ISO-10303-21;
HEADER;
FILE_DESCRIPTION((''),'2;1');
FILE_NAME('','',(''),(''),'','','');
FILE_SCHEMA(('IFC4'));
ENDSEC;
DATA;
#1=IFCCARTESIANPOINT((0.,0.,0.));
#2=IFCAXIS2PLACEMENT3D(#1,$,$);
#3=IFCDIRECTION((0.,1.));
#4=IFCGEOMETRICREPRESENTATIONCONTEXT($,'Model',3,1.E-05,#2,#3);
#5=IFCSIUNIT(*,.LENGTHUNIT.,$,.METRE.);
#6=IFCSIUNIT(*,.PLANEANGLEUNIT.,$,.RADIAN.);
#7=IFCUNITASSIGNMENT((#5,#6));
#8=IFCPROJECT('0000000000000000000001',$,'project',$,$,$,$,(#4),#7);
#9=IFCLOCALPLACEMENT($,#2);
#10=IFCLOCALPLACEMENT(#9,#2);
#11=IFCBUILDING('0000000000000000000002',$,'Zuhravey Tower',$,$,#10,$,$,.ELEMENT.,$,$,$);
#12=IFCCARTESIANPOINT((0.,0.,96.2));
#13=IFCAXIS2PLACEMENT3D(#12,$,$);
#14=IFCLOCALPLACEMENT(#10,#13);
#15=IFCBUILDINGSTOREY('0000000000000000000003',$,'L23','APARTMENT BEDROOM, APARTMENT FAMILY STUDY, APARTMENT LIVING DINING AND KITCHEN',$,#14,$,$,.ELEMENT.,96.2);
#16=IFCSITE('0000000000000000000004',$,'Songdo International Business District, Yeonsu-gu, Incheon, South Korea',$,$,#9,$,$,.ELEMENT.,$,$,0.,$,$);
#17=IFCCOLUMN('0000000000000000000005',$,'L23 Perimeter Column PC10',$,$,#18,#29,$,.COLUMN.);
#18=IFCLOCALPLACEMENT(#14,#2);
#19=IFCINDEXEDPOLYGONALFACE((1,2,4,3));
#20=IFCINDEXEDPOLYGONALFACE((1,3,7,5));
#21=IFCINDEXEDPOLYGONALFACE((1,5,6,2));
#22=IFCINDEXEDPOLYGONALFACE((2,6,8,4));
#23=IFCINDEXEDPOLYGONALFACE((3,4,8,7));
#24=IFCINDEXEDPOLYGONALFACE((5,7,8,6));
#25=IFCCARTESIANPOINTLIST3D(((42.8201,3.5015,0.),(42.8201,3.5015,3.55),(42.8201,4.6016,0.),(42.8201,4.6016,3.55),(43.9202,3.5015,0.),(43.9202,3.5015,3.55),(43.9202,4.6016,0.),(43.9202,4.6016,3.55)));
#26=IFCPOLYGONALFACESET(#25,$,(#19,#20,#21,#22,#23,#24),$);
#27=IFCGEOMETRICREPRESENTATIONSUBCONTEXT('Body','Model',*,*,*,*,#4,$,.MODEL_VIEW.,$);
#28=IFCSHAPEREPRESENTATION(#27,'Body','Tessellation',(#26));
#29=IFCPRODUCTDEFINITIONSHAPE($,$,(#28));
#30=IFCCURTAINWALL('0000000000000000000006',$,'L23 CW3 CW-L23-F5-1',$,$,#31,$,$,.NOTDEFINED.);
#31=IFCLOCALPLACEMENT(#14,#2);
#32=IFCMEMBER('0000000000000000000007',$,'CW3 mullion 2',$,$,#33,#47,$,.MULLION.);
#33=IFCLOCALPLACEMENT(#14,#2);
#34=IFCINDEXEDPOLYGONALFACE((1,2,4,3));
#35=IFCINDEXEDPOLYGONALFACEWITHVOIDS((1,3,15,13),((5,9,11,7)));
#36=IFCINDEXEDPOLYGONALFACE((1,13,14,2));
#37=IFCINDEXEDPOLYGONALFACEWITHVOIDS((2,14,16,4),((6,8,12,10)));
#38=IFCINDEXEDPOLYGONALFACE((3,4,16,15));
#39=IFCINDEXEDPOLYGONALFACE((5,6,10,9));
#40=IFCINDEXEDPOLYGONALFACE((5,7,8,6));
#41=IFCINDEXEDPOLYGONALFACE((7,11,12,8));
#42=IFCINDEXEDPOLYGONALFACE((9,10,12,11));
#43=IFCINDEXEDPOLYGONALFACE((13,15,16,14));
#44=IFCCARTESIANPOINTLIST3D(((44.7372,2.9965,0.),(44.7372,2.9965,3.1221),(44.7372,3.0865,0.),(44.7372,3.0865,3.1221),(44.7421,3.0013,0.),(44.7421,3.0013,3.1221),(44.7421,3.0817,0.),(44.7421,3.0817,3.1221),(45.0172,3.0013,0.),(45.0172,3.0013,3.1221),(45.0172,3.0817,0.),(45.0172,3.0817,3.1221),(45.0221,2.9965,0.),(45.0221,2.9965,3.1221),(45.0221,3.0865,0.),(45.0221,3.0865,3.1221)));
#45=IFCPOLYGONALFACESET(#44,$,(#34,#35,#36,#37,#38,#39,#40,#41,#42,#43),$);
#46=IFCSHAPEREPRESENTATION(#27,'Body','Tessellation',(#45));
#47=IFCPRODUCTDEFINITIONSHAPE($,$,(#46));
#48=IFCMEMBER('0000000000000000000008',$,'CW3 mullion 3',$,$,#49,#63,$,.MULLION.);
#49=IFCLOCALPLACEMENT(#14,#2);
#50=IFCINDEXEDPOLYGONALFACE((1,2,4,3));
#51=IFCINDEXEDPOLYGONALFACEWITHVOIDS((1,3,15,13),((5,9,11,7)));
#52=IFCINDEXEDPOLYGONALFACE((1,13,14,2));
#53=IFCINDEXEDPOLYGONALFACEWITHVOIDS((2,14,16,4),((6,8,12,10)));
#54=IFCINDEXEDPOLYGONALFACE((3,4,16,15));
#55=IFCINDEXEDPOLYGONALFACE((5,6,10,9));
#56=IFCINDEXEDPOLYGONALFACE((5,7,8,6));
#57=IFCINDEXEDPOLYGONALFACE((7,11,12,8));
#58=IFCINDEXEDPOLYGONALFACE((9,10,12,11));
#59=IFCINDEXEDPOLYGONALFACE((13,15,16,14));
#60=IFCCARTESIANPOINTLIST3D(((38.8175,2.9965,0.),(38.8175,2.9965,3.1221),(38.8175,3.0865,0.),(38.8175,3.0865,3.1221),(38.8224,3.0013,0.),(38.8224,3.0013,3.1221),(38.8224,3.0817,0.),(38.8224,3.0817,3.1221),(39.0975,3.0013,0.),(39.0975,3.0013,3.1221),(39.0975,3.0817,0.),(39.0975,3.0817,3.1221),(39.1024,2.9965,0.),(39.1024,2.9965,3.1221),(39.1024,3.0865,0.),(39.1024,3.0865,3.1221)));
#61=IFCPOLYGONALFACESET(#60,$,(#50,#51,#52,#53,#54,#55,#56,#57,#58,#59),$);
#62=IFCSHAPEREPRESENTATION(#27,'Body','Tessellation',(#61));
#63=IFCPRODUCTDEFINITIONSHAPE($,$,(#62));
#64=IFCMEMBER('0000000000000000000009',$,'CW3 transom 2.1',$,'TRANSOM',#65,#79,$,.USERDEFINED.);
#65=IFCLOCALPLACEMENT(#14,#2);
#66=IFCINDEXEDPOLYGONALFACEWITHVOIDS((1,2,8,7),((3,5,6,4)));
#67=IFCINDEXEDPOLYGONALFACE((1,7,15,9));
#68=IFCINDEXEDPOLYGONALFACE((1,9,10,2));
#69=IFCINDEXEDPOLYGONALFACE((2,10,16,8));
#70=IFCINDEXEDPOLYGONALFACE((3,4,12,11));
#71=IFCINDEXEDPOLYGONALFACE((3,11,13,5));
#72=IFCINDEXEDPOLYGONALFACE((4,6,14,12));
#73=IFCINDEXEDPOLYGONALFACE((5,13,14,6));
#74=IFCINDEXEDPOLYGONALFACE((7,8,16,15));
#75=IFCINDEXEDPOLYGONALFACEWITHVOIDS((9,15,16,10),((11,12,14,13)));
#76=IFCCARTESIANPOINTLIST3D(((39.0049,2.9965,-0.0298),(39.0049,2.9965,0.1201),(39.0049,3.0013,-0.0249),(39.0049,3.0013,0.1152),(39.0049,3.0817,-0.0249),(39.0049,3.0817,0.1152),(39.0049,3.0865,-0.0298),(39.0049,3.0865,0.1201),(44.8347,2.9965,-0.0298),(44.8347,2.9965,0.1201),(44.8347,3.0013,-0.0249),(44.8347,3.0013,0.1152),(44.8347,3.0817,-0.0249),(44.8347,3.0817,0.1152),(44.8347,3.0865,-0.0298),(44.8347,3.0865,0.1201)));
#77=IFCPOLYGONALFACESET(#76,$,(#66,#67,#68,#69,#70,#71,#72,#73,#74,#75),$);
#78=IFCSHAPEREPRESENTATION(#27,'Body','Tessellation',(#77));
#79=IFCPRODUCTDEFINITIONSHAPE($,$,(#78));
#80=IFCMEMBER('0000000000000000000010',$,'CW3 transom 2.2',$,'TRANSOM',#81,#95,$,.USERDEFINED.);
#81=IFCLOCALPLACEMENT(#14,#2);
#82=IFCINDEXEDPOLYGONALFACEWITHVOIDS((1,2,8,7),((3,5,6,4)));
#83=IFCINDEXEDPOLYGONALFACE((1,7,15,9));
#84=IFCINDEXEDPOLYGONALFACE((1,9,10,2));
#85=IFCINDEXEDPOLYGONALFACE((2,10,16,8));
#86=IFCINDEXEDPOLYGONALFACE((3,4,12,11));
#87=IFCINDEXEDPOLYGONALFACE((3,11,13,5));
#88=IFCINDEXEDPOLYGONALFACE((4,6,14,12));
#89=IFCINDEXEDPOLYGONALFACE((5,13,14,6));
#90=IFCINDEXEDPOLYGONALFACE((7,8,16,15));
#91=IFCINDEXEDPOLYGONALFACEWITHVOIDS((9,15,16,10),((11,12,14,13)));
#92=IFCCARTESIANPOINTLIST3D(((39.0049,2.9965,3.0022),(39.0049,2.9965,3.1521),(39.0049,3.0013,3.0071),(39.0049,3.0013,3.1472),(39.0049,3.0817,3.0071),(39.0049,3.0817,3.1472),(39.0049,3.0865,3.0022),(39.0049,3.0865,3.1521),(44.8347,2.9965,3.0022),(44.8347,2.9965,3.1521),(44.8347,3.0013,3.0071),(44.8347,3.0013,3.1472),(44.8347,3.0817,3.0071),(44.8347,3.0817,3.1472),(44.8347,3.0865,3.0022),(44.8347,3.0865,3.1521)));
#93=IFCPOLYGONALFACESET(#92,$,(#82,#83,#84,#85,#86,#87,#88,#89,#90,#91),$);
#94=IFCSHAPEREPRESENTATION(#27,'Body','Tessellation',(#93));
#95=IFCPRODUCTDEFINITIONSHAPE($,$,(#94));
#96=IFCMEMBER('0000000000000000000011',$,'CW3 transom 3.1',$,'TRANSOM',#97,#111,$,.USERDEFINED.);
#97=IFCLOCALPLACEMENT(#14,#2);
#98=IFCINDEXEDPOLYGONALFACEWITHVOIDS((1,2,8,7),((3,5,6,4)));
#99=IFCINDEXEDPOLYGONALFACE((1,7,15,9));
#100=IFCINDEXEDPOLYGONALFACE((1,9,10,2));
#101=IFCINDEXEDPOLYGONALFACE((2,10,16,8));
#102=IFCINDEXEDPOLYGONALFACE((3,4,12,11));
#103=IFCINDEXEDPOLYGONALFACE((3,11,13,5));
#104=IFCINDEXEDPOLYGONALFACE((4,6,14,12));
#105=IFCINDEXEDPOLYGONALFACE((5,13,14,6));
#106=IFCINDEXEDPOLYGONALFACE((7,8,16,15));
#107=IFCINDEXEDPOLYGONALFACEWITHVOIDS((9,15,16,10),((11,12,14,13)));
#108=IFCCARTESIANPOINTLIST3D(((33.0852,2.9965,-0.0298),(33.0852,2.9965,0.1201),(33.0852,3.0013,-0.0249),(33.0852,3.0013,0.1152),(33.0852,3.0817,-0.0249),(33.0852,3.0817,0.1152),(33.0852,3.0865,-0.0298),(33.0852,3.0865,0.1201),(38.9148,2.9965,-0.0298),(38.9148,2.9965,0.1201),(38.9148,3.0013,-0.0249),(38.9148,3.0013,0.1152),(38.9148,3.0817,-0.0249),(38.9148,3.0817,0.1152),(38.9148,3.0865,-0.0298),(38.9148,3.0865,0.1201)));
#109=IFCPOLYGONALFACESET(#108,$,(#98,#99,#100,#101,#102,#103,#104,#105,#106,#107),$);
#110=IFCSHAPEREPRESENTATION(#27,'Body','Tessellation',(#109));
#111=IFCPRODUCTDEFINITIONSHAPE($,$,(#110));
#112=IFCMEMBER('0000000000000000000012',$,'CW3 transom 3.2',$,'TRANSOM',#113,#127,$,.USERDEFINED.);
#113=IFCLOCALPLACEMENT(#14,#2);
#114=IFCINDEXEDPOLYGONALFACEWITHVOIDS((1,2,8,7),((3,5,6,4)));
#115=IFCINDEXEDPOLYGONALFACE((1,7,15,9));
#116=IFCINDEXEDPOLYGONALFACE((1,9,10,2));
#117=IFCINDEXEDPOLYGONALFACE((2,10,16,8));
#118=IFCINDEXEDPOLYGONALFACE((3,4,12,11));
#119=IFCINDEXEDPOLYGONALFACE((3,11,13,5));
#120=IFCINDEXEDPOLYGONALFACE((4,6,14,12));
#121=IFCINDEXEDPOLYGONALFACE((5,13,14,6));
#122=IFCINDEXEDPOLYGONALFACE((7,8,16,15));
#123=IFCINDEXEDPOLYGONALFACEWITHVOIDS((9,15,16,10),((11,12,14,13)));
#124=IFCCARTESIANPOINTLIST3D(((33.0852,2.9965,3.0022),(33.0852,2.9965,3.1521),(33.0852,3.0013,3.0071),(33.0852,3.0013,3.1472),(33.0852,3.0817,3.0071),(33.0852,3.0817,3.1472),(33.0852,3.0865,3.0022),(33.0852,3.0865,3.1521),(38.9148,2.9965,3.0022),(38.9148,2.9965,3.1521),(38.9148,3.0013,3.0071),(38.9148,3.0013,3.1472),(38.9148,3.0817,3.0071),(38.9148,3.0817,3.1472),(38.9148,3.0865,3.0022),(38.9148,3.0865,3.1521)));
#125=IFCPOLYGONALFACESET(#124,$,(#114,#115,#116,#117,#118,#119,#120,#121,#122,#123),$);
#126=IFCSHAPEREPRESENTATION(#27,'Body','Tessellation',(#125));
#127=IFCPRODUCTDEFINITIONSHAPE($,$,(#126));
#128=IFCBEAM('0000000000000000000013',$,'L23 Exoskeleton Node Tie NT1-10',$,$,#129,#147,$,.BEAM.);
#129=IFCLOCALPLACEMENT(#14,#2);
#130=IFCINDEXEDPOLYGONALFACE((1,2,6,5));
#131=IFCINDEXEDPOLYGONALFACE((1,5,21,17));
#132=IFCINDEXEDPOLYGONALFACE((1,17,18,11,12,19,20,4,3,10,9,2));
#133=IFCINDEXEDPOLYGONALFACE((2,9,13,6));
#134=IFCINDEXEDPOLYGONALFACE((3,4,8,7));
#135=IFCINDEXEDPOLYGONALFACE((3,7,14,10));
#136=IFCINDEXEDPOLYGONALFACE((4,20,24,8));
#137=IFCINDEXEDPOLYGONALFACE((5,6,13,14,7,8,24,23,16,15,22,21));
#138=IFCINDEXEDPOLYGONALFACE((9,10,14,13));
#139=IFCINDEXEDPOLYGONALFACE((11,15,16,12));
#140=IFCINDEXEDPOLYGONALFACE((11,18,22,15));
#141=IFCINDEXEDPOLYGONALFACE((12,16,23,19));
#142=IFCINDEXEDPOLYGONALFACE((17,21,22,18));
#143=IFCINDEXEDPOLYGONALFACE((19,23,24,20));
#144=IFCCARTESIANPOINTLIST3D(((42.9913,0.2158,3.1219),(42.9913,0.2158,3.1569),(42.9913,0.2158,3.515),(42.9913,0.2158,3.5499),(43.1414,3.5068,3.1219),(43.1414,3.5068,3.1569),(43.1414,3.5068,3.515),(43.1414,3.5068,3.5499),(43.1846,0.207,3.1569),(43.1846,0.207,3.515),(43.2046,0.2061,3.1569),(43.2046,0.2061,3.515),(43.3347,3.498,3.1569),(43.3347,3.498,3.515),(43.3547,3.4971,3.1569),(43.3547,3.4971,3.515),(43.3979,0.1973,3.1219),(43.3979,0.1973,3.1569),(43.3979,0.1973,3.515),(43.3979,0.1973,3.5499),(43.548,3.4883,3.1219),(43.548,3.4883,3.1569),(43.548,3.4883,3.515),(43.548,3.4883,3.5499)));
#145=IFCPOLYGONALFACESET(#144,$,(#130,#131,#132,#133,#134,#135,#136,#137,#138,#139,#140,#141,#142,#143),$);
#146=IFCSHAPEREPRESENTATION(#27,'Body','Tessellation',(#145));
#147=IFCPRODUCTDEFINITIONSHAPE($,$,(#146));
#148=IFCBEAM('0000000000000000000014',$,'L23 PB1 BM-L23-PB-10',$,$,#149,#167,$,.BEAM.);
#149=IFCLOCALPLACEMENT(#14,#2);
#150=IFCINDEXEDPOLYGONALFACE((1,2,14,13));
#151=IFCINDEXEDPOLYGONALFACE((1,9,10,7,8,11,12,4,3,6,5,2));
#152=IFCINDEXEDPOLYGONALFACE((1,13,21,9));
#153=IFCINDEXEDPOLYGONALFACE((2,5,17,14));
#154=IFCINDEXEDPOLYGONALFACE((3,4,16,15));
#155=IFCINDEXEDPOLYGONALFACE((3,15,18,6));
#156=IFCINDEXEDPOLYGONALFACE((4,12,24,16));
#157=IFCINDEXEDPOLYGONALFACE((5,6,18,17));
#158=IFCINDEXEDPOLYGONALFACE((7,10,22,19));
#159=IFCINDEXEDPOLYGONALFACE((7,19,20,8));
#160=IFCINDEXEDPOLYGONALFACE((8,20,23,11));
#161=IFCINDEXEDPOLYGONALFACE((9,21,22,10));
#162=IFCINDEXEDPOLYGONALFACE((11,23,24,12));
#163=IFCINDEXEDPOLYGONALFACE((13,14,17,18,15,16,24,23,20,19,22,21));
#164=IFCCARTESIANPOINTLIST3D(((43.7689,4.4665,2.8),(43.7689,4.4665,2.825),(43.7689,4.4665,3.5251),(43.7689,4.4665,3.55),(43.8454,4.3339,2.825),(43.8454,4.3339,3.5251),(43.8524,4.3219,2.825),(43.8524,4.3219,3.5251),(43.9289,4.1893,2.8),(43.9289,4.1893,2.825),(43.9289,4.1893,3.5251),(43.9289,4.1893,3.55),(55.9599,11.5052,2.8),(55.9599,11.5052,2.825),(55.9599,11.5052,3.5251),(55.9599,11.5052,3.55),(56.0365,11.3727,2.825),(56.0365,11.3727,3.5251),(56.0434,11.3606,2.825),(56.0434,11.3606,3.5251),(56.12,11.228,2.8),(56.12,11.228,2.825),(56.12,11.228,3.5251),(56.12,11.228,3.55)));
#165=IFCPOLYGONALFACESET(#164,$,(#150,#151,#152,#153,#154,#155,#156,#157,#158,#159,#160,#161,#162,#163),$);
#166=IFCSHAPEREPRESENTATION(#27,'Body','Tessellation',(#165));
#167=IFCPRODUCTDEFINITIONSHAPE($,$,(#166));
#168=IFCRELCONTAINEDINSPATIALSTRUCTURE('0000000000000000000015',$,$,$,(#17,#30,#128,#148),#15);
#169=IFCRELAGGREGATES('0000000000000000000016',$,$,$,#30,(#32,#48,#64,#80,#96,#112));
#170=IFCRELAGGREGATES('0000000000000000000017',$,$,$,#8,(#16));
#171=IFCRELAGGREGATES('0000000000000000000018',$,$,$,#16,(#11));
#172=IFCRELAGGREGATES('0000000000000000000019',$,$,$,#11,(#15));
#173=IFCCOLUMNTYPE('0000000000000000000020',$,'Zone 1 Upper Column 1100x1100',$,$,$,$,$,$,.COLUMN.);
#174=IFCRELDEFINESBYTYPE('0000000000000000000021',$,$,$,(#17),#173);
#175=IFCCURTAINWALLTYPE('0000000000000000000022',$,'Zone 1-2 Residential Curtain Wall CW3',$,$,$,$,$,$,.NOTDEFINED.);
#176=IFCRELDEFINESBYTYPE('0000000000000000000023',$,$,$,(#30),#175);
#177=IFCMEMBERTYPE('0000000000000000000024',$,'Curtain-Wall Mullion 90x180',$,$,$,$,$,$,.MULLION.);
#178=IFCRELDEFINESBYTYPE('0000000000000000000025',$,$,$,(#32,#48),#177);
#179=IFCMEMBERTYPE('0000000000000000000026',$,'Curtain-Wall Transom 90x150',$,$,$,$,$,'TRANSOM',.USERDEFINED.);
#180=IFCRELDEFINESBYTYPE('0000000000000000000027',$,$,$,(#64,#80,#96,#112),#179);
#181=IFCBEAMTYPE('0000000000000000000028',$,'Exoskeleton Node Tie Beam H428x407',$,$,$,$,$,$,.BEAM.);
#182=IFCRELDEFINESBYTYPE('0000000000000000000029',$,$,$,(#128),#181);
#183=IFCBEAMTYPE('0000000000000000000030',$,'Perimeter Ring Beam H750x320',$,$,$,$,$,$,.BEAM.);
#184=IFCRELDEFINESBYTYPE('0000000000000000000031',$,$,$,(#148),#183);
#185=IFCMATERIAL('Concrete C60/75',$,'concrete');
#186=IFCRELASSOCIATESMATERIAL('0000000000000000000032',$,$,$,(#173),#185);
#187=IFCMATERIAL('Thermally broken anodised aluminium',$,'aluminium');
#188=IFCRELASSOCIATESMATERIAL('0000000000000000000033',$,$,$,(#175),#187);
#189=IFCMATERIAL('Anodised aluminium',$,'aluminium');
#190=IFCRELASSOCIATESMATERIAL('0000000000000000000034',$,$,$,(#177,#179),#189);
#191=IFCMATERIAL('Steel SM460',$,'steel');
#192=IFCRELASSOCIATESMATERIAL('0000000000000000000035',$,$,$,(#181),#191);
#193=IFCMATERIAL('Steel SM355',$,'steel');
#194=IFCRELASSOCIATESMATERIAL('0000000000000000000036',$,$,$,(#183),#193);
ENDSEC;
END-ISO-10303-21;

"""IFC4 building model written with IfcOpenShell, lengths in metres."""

from ifc_helpers import new_model, si_unit, direction, frame, origin, origin_2d, place, context, subcontext, project, spatial, rectangle, hollow_rectangle, i_section, extrude, material, material_profile, profile_set, type_object, element, aggregate, save


model = new_model("IFC4")

# Units and contexts
model_context = context("Model", 3, precision=1e-05, world=origin(), true_north=direction((0.0, 1.0)))
body_context = subcontext(model_context, "Body", "Model", "MODEL_VIEW")
ifc_project = project(units=[si_unit("LENGTHUNIT", "METRE"), si_unit("PLANEANGLEUNIT", "RADIAN")], contexts=[model_context])

# Site, building, storey
site_placement = place(None, origin())
site = spatial("IfcSite", under=ifc_project, at=site_placement, Name="Songdo International Business District, Yeonsu-gu, Incheon, South Korea", CompositionType="ELEMENT", RefElevation=0.0)
building_placement = place(site_placement, origin())
building = spatial("IfcBuilding", under=site, at=building_placement, Name="Zuhravey Tower", CompositionType="ELEMENT")
storey_placement = place(building_placement, frame((0.0, 0.0, 96.2)))
storey = spatial("IfcBuildingStorey", under=building, at=storey_placement, Name="L23", Description="APARTMENT BEDROOM, APARTMENT FAMILY STUDY, APARTMENT LIVING DINING AND KITCHEN", CompositionType="ELEMENT", Elevation=96.2)

# Column
ifc_material_1 = material(Name="Concrete C60/75", Category="concrete")
ifc_material_profile_1 = material_profile(ifc_material_1, rectangle(XDim=1.1001, YDim=1.1001, at=origin_2d()), Name="RC-1100x1100")
ifc_profile_set_1 = profile_set([ifc_material_profile_1], Name="Concrete C60/75")
column_type = type_object("IfcColumnType", Name="Zone 1 Upper Column 1100x1100", PredefinedType="COLUMN", material=ifc_profile_set_1)
column_placement = place(storey_placement, frame((43.3701, 4.0515, 0.0), z_axis=(0.0, 0.0, 1.0), x_axis=(1.0, 0.0, 0.0)))
element("IfcColumn", 1, at=column_placement, inside=storey, type_object=column_type, Name="L23 Perimeter Column PC10", PredefinedType="COLUMN", context=body_context, shape_type="SweptSolid", body=[
    extrude(rectangle(XDim=1.1001, YDim=1.1001, at=origin_2d()), origin(), (0.0, 0.0, 1.0), 3.55),
])

# Curtain wall, members
ifc_material_2 = material(Name="Thermally broken anodised aluminium", Category="aluminium")
curtain_wall_type = type_object("IfcCurtainWallType", Name="Zone 1-2 Residential Curtain Wall CW3", PredefinedType="NOTDEFINED", material=ifc_material_2)
curtain_wall_placement = place(storey_placement, origin())
curtain_wall = element("IfcCurtainWall", 2, at=curtain_wall_placement, inside=storey, type_object=curtain_wall_type, Name="L23 CW3 CW-L23-F5-1", PredefinedType="NOTDEFINED")
ifc_material_3 = material(Name="Anodised aluminium", Category="aluminium")
ifc_material_profile_2 = material_profile(ifc_material_3, hollow_rectangle(XDim=0.0901, YDim=0.2849, WallThickness=0.0049, at=origin_2d()), Name="ALU-RHS-90x285x5")
ifc_profile_set_2 = profile_set([ifc_material_profile_2], Name="Anodised aluminium")
member_type_1 = type_object("IfcMemberType", Name="Curtain-Wall Mullion 90x180", PredefinedType="MULLION", material=ifc_profile_set_2)
member_1_placement = place(storey_placement, frame((44.8796, 3.0415, 0.0), z_axis=(0.0, 0.0, 1.0), x_axis=(0.0, -1.0, 0.0)))
member_1 = element("IfcMember", 3, at=member_1_placement, type_object=member_type_1, Name="CW3 mullion 2", PredefinedType="MULLION", context=body_context, shape_type="SweptSolid", body=[
    extrude(hollow_rectangle(XDim=0.0901, YDim=0.2849, WallThickness=0.0049, at=origin_2d()), origin(), (0.0, 0.0, 1.0), 3.1221),
])
member_2_placement = place(storey_placement, frame((38.96, 3.0415, 0.0), z_axis=(0.0, 0.0, 1.0), x_axis=(0.0, -1.0, 0.0)))
member_2 = element("IfcMember", 4, at=member_2_placement, type_object=member_type_1, Name="CW3 mullion 3", PredefinedType="MULLION", context=body_context, shape_type="SweptSolid", body=[
    extrude(hollow_rectangle(XDim=0.0901, YDim=0.2849, WallThickness=0.0049, at=origin_2d()), origin(), (0.0, 0.0, 1.0), 3.1221),
])
ifc_material_profile_3 = material_profile(ifc_material_3, hollow_rectangle(XDim=0.0901, YDim=0.1499, WallThickness=0.0049, at=origin_2d()), Name="ALU-RHS-90x150x5")
ifc_profile_set_3 = profile_set([ifc_material_profile_3], Name="Anodised aluminium")
member_type_2 = type_object("IfcMemberType", Name="Curtain-Wall Transom 90x150", ElementType="TRANSOM", PredefinedType="USERDEFINED", material=ifc_profile_set_3)
member_3_placement = place(storey_placement, frame((44.8347, 3.0415, 0.0452), z_axis=(-1.0, 0.0, 0.0), x_axis=(0.0, -1.0, 0.0)))
member_3 = element("IfcMember", 5, at=member_3_placement, type_object=member_type_2, Name="CW3 transom 2.1", ObjectType="TRANSOM", PredefinedType="USERDEFINED", context=body_context, shape_type="SweptSolid", body=[
    extrude(hollow_rectangle(XDim=0.0901, YDim=0.1499, WallThickness=0.0049, at=origin_2d()), origin(), (0.0, 0.0, 1.0), 5.8298),
])
member_4_placement = place(storey_placement, frame((44.8347, 3.0415, 3.0771), z_axis=(-1.0, 0.0, 0.0), x_axis=(0.0, -1.0, 0.0)))
member_4 = element("IfcMember", 6, at=member_4_placement, type_object=member_type_2, Name="CW3 transom 2.2", ObjectType="TRANSOM", PredefinedType="USERDEFINED", context=body_context, shape_type="SweptSolid", body=[
    extrude(hollow_rectangle(XDim=0.0901, YDim=0.1499, WallThickness=0.0049, at=origin_2d()), origin(), (0.0, 0.0, 1.0), 5.8298),
])
member_5_placement = place(storey_placement, frame((38.9148, 3.0415, 0.0452), z_axis=(-1.0, 0.0, 0.0), x_axis=(0.0, -1.0, 0.0)))
member_5 = element("IfcMember", 7, at=member_5_placement, type_object=member_type_2, Name="CW3 transom 3.1", ObjectType="TRANSOM", PredefinedType="USERDEFINED", context=body_context, shape_type="SweptSolid", body=[
    extrude(hollow_rectangle(XDim=0.0901, YDim=0.1499, WallThickness=0.0049, at=origin_2d()), origin(), (0.0, 0.0, 1.0), 5.8296),
])
member_6_placement = place(storey_placement, frame((38.9148, 3.0415, 3.0771), z_axis=(-1.0, 0.0, 0.0), x_axis=(0.0, -1.0, 0.0)))
member_6 = element("IfcMember", 8, at=member_6_placement, type_object=member_type_2, Name="CW3 transom 3.2", ObjectType="TRANSOM", PredefinedType="USERDEFINED", context=body_context, shape_type="SweptSolid", body=[
    extrude(hollow_rectangle(XDim=0.0901, YDim=0.1499, WallThickness=0.0049, at=origin_2d()), origin(), (0.0, 0.0, 1.0), 5.8296),
])

# Beams
ifc_material_4 = material(Name="Steel SM460", Category="steel")
ifc_material_profile_4 = material_profile(ifc_material_4, i_section(OverallWidth=0.407, OverallDepth=0.428, WebThickness=0.02, FlangeThickness=0.0349, at=origin_2d()), Name="H-428x407x20x35")
ifc_profile_set_4 = profile_set([ifc_material_profile_4], Name="Steel SM460")
beam_type_1 = type_object("IfcBeamType", Name="Exoskeleton Node Tie Beam H428x407", PredefinedType="BEAM", material=ifc_profile_set_4)
beam_1_placement = place(storey_placement, frame((43.3447, 3.4976, 3.3359), z_axis=(-0.045576, -0.998961, 0.0), x_axis=(0.998961, -0.045576, 0.0)))
element("IfcBeam", 9, at=beam_1_placement, inside=storey, type_object=beam_type_1, Name="L23 Exoskeleton Node Tie NT1-10", PredefinedType="BEAM", context=body_context, shape_type="SweptSolid", body=[
    extrude(i_section(OverallWidth=0.407, OverallDepth=0.428, WebThickness=0.02, FlangeThickness=0.0349, at=origin_2d()), origin(), (0.0, 0.0, 1.0), 3.2944),
])
ifc_material_5 = material(Name="Steel SM355", Category="steel")
ifc_material_profile_5 = material_profile(ifc_material_5, i_section(OverallWidth=0.3201, OverallDepth=0.75, WebThickness=0.0139, FlangeThickness=0.0249, at=origin_2d()), Name="H-750x320x14x25")
ifc_profile_set_5 = profile_set([ifc_material_profile_5], Name="Steel SM355")
beam_type_2 = type_object("IfcBeamType", Name="Perimeter Ring Beam H750x320", PredefinedType="BEAM", material=ifc_profile_set_5)
beam_2_placement = place(storey_placement, frame((43.8489, 4.3279, 3.175), z_axis=(0.866018, 0.500013, 0.0), x_axis=(-0.500013, 0.866018, 0.0)))
element("IfcBeam", 10, at=beam_2_placement, inside=storey, type_object=beam_type_2, Name="L23 PB1 BM-L23-PB-10", PredefinedType="BEAM", context=body_context, shape_type="SweptSolid", body=[
    extrude(i_section(OverallWidth=0.3201, OverallDepth=0.75, WebThickness=0.0139, FlangeThickness=0.0249, at=origin_2d()), origin(), (0.0, 0.0, 1.0), 14.0771),
])

aggregate(curtain_wall, [member_1, member_2, member_3, member_4, member_5, member_6])

save(model, "model.ifc")
